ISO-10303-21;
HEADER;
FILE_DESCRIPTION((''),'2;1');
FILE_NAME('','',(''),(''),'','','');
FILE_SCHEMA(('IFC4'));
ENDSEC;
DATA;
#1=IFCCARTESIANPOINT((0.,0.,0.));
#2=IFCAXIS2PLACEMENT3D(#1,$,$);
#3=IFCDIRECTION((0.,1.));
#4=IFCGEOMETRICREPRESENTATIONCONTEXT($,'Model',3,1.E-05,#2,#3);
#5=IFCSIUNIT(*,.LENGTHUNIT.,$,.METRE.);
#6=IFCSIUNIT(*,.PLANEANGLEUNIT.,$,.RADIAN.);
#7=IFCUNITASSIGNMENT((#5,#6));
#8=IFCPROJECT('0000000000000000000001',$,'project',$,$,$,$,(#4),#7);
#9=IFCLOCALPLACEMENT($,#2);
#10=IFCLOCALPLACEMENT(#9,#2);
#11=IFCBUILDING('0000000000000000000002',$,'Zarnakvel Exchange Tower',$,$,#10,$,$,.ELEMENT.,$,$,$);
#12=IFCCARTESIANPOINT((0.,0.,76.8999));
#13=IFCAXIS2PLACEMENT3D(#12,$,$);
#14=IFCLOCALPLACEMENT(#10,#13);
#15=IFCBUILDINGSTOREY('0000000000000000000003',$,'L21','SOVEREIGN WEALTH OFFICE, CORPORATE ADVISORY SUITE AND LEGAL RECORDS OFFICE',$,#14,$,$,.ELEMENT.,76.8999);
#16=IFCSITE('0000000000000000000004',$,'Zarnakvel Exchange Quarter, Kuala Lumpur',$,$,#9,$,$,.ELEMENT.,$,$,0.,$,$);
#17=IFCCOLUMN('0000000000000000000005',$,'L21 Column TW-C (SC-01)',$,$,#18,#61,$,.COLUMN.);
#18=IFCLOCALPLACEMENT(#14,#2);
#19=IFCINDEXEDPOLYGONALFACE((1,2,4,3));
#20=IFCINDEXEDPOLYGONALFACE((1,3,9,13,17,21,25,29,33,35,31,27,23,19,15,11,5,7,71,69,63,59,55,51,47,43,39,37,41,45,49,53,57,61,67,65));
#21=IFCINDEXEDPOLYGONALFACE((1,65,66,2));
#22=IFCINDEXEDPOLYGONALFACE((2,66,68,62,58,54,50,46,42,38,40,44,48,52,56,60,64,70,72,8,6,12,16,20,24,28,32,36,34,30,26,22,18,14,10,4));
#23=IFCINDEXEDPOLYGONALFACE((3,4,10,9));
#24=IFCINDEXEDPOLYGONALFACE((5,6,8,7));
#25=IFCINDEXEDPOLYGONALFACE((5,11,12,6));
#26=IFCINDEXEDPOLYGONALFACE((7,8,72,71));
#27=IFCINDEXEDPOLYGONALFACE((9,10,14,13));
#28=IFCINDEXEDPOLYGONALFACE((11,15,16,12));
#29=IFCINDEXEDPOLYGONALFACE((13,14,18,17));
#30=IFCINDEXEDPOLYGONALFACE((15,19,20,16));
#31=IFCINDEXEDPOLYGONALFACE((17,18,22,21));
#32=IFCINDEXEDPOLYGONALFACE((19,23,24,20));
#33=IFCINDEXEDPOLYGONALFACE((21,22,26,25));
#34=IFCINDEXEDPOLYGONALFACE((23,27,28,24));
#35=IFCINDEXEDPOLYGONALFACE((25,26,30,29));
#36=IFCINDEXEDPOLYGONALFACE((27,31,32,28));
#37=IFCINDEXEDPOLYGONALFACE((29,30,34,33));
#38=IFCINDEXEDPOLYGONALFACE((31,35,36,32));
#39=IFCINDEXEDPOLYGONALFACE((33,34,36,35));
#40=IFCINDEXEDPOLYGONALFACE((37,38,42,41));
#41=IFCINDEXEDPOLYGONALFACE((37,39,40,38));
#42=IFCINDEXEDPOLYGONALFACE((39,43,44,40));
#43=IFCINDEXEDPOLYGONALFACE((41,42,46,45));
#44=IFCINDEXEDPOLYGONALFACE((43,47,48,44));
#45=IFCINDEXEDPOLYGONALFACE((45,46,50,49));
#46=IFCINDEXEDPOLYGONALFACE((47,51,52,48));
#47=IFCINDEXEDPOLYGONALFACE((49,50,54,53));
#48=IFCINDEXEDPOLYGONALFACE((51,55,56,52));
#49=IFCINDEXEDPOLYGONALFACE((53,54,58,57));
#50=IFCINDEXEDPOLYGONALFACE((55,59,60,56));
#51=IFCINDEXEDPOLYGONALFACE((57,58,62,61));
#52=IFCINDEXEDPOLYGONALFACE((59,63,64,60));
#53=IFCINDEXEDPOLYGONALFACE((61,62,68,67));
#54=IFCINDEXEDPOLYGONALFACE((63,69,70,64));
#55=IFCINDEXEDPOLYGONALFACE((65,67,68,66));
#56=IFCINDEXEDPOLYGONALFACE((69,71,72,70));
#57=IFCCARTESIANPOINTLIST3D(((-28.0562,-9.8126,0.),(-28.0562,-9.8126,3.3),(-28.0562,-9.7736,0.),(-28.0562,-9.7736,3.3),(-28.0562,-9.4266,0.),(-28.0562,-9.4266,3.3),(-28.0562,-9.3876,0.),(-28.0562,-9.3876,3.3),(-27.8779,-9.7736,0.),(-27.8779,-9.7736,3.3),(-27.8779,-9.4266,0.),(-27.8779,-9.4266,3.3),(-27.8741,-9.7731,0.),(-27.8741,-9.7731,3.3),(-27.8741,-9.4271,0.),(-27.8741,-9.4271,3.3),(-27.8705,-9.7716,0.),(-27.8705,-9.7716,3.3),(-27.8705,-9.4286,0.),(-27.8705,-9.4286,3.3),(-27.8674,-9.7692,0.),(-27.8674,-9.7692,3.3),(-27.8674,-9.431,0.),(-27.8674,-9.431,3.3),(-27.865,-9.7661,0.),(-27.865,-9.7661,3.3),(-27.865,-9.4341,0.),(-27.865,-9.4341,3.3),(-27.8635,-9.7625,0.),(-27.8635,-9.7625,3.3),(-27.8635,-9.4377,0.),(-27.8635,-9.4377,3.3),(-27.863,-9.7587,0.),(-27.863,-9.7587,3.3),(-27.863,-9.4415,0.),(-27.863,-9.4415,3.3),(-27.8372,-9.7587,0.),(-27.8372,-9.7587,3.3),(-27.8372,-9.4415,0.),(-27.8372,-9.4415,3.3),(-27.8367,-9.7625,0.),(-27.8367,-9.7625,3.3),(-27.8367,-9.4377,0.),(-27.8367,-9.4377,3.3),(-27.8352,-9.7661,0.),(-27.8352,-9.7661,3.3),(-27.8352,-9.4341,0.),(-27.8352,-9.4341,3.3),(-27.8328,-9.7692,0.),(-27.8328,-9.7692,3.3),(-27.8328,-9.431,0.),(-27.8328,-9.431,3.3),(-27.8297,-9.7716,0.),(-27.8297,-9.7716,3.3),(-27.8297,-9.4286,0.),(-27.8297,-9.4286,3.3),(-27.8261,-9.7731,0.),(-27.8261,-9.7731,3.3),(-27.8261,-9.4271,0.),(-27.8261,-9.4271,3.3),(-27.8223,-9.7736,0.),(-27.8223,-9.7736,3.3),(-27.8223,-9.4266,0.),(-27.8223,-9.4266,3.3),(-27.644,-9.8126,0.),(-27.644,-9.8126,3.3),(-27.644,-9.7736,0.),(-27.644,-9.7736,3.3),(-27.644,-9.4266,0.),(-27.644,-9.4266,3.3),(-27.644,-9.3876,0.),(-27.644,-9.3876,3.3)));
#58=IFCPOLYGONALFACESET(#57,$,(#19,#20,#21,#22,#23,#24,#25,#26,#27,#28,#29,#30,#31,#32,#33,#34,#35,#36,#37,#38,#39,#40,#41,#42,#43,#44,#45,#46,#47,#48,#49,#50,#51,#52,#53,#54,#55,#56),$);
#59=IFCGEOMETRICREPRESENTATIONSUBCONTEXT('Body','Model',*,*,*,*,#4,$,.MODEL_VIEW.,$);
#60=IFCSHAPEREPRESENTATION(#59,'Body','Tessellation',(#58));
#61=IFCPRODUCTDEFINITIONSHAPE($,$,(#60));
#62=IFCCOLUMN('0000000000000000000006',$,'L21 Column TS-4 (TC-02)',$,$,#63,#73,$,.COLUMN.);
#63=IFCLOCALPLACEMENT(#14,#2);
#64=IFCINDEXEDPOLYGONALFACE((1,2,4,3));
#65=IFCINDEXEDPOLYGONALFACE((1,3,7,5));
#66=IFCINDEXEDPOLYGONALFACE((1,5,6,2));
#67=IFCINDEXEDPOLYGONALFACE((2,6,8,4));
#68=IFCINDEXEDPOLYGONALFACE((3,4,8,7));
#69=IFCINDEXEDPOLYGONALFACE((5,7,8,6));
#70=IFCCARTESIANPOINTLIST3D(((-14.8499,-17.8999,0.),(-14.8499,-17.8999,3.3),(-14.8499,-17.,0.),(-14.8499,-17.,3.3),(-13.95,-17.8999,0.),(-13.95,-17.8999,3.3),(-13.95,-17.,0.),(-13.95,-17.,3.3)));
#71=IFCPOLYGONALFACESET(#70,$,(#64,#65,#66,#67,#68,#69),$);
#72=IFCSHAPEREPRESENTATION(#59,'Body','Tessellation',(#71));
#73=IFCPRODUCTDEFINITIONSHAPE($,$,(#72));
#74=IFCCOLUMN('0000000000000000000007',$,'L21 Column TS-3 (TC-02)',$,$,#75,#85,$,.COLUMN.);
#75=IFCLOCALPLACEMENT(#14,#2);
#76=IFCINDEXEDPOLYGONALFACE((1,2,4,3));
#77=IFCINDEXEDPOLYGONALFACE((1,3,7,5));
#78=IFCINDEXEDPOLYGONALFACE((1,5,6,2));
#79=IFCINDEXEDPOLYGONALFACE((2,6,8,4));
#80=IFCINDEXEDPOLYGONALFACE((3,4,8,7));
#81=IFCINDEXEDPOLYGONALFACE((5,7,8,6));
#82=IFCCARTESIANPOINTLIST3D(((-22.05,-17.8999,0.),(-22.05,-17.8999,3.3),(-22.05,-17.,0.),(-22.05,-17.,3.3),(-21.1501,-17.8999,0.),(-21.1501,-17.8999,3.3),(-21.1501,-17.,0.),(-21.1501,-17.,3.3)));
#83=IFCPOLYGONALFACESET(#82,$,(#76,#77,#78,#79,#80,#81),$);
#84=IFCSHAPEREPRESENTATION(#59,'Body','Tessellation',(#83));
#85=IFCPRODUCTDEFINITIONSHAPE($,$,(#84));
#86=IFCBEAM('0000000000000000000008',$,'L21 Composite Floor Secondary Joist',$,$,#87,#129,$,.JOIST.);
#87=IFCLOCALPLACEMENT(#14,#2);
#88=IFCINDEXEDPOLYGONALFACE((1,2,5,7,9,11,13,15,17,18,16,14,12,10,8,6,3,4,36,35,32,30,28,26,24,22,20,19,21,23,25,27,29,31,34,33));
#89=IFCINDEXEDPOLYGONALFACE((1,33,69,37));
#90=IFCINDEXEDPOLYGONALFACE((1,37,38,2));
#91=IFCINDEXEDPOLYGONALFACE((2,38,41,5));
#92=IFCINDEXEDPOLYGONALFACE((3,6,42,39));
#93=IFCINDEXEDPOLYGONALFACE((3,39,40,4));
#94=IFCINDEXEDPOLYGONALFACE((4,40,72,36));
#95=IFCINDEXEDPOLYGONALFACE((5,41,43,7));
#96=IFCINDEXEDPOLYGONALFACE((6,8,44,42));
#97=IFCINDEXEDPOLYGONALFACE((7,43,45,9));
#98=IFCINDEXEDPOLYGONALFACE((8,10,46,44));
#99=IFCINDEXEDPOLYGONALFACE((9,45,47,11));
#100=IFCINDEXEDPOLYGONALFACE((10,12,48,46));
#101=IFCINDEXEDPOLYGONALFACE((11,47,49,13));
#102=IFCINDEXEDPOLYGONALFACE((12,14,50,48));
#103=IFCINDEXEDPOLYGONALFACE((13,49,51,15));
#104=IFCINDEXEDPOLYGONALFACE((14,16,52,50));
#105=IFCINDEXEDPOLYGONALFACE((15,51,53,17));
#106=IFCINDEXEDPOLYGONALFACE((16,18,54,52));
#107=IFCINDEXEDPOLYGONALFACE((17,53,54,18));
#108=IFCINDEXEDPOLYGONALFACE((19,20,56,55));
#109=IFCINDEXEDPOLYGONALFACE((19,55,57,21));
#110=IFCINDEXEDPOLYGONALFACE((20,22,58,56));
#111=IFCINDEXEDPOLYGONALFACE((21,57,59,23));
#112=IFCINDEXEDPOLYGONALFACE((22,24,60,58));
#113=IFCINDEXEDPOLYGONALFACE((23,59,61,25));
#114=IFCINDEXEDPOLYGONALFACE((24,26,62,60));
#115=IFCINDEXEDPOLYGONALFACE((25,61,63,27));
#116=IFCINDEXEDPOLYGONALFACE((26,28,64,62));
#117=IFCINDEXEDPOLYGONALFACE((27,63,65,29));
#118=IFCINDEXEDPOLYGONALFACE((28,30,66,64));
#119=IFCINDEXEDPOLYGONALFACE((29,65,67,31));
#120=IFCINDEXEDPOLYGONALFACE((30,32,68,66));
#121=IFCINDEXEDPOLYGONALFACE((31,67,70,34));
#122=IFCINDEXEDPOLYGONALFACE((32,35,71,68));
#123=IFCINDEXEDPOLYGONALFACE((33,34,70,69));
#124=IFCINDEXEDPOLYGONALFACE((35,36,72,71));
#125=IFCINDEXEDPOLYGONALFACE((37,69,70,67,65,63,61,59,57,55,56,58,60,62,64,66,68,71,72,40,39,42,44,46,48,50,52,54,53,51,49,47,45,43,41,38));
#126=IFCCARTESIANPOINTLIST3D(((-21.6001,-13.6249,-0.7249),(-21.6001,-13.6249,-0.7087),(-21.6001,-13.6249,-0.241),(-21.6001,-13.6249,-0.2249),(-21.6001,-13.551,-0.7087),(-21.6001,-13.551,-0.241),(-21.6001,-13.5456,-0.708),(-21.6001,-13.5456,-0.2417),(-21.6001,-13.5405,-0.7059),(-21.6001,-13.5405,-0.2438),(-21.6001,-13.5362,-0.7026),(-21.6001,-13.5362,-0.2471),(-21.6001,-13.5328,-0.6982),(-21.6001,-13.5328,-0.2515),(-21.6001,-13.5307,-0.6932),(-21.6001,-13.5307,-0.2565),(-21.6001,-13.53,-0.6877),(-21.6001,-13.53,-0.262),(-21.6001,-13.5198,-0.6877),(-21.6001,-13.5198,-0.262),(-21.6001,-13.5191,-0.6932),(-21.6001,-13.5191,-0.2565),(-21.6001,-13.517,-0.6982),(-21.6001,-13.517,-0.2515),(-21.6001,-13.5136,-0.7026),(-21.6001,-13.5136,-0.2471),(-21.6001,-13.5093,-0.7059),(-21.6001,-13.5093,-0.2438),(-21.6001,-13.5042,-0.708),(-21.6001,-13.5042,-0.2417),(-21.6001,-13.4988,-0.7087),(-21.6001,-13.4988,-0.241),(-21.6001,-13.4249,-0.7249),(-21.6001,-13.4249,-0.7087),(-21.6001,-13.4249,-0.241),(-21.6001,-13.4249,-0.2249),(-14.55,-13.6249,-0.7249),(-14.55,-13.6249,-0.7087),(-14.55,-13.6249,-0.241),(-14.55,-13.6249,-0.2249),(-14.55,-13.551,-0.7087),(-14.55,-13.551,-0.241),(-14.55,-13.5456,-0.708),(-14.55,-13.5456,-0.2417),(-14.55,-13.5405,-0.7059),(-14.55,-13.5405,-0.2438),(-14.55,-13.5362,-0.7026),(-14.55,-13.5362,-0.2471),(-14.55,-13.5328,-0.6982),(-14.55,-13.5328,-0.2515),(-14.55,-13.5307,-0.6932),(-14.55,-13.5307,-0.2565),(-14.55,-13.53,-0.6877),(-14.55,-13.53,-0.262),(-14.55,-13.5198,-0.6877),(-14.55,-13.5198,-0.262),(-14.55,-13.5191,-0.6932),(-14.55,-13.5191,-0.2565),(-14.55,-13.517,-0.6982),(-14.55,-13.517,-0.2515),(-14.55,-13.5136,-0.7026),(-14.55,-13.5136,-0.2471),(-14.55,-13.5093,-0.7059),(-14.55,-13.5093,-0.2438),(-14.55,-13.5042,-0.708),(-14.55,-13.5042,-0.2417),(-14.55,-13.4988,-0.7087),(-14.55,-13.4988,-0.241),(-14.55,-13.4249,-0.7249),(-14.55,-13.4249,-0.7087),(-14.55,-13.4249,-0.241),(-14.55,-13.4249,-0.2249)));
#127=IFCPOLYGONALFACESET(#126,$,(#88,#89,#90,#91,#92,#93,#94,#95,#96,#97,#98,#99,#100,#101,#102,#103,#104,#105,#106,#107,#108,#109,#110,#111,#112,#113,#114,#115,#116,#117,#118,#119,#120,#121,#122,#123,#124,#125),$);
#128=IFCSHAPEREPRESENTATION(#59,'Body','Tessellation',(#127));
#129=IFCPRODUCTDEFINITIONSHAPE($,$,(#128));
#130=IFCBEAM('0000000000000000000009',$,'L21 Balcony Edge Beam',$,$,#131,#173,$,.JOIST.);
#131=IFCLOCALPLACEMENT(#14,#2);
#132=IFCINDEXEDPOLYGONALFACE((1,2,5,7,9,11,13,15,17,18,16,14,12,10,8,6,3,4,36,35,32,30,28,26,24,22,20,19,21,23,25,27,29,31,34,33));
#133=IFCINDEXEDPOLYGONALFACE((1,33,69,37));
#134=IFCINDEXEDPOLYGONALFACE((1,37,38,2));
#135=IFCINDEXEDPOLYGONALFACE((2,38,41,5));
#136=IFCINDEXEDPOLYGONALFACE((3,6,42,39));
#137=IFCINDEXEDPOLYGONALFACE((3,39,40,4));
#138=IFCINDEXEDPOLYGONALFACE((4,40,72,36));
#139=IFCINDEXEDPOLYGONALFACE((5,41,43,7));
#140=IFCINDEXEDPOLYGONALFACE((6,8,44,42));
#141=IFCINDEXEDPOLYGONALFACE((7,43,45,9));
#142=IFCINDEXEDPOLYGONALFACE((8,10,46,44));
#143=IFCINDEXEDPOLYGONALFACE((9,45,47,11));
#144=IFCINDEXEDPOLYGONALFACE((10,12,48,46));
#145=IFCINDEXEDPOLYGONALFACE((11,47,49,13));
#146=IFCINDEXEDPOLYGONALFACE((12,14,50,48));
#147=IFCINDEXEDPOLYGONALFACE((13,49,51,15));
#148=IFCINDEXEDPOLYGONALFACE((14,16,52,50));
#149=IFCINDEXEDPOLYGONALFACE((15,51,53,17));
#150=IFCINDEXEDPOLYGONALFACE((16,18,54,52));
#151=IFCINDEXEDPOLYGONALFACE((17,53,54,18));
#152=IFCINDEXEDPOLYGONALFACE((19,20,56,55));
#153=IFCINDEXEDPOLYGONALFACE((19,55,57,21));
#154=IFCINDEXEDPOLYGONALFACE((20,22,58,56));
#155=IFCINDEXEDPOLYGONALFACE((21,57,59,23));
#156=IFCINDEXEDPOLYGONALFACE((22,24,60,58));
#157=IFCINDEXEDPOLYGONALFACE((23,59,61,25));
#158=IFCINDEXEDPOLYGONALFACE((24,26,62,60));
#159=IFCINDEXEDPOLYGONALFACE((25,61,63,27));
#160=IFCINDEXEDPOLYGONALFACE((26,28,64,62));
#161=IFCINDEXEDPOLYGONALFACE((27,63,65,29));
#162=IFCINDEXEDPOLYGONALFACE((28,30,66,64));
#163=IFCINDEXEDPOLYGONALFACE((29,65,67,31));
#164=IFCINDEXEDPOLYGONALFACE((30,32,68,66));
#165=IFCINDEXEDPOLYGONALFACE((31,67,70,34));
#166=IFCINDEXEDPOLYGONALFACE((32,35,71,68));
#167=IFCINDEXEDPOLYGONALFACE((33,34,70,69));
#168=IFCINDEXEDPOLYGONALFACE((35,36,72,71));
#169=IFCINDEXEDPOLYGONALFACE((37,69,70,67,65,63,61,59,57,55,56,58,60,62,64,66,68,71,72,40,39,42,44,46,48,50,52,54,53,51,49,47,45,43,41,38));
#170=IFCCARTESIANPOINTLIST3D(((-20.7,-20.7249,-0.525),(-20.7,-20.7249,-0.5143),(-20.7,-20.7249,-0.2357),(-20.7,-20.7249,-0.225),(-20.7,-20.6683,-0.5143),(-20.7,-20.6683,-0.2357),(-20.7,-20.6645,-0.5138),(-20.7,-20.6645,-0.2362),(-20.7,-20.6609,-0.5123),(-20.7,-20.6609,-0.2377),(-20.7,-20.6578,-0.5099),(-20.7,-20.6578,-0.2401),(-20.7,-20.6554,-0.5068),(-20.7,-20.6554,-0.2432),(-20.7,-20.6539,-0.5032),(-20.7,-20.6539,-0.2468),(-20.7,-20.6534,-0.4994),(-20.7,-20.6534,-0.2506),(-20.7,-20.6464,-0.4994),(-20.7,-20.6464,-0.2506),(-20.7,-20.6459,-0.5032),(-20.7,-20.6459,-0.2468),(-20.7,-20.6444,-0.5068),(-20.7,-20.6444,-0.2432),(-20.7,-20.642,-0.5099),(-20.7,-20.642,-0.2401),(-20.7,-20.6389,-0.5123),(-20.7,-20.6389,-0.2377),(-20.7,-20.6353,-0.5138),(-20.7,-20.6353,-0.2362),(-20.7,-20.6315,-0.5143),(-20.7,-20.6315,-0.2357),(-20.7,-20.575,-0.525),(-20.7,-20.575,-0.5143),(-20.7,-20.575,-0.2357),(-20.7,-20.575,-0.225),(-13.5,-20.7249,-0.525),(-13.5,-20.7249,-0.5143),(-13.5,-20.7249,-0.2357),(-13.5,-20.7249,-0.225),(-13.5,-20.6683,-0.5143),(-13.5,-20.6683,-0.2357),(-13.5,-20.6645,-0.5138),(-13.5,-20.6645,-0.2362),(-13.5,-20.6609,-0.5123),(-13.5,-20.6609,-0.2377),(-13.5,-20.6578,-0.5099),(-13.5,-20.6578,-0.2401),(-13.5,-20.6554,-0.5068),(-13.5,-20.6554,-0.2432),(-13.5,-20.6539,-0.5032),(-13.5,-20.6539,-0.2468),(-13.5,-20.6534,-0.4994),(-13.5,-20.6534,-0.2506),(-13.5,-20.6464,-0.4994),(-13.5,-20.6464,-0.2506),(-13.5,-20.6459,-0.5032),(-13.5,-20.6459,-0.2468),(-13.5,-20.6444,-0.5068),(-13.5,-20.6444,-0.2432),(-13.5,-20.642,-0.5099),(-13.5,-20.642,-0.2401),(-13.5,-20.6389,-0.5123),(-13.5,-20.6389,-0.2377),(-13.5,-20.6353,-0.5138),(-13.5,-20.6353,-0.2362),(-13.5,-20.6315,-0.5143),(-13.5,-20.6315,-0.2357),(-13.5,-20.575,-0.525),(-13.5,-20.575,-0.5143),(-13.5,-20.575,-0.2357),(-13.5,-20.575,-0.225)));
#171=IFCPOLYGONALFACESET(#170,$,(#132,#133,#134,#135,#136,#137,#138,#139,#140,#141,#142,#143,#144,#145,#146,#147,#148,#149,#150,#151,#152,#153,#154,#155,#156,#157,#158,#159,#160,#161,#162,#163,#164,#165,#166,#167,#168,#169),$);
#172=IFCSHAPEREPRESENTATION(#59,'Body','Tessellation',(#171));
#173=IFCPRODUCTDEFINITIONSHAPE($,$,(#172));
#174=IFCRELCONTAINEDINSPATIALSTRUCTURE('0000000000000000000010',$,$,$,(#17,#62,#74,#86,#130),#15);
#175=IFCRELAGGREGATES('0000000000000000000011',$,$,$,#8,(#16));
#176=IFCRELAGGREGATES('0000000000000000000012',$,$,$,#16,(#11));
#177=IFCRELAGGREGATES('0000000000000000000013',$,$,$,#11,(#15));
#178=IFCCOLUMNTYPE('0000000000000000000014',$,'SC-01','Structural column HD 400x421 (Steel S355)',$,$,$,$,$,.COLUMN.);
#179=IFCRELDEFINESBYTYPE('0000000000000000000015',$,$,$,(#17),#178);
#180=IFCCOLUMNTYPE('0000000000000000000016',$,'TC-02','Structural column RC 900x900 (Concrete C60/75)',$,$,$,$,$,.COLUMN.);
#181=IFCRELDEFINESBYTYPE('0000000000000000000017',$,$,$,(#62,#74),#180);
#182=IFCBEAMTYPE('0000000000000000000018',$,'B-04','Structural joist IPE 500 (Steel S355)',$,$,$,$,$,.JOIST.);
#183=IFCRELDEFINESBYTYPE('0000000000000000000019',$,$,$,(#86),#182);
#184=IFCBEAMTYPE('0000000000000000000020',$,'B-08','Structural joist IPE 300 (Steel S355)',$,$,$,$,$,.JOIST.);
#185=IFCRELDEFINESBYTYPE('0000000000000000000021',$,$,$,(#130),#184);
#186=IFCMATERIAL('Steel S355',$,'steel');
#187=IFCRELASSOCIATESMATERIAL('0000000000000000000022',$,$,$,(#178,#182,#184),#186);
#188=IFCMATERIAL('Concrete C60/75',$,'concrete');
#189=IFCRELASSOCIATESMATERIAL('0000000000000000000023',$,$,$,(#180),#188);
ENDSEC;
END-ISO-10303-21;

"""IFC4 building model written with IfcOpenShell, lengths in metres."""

from ifc_helpers import new_model, si_unit, direction, frame, origin, origin_2d, place, context, subcontext, project, spatial, rectangle, i_section, extrude, material, material_profile, profile_set, type_object, element, save


model = new_model("IFC4")

# Units and contexts
model_context = context("Model", 3, precision=1e-05, world=origin(), true_north=direction((0.0, 1.0)))
body_context = subcontext(model_context, "Body", "Model", "MODEL_VIEW")
ifc_project = project(units=[si_unit("LENGTHUNIT", "METRE"), si_unit("PLANEANGLEUNIT", "RADIAN")], contexts=[model_context])

# Site, building, storey
site_placement = place(None, origin())
site = spatial("IfcSite", under=ifc_project, at=site_placement, Name="Zarnakvel Exchange Quarter, Kuala Lumpur", CompositionType="ELEMENT", RefElevation=0.0)
building_placement = place(site_placement, origin())
building = spatial("IfcBuilding", under=site, at=building_placement, Name="Zarnakvel Exchange Tower", CompositionType="ELEMENT")
storey_placement = place(building_placement, frame((0.0, 0.0, 76.8999)))
storey = spatial("IfcBuildingStorey", under=building, at=storey_placement, Name="L21", Description="SOVEREIGN WEALTH OFFICE, CORPORATE ADVISORY SUITE AND LEGAL RECORDS OFFICE", CompositionType="ELEMENT", Elevation=76.8999)

# Columns
ifc_material_1 = material(Name="Steel S355", Category="steel")
ifc_material_profile_1 = material_profile(ifc_material_1, i_section(OverallWidth=0.4121, OverallDepth=0.425, WebThickness=0.0259, FlangeThickness=0.0391, FilletRadius=0.0149, at=origin_2d()))
ifc_profile_set_1 = profile_set([ifc_material_profile_1], Name="Steel S355")
column_type_1 = type_object("IfcColumnType", Name="SC-01", Description="Structural column HD 400x421 (Steel S355)", PredefinedType="COLUMN", material=ifc_profile_set_1)
column_placement = place(storey_placement, frame((-27.8501, -9.6001, 0.0), z_axis=(0.0, 0.0, 1.0), x_axis=(1.0, 0.0, 0.0)))
element("IfcColumn", 1, at=column_placement, inside=storey, type_object=column_type_1, Name="L21 Column TW-C (SC-01)", PredefinedType="COLUMN", context=body_context, shape_type="SweptSolid", body=[
    extrude(i_section(OverallWidth=0.4121, OverallDepth=0.425, WebThickness=0.0259, FlangeThickness=0.0391, FilletRadius=0.0149, at=origin_2d()), origin(), (0.0, 0.0, 1.0), 3.3),
])
ifc_material_2 = material(Name="Concrete C60/75", Category="concrete")
ifc_material_profile_2 = material_profile(ifc_material_2, rectangle(XDim=0.8999, YDim=0.8999, at=origin_2d()))
ifc_profile_set_2 = profile_set([ifc_material_profile_2], Name="Concrete C60/75")
column_type_2 = type_object("IfcColumnType", Name="TC-02", Description="Structural column RC 900x900 (Concrete C60/75)", PredefinedType="COLUMN", material=ifc_profile_set_2)
for number, where, z_axis, x_axis, name in (
    (2, (-14.3999, -17.45, 0.0), (0.0, 0.0, 1.0), (1.0, 0.0, 0.0), "L21 Column TS-4 (TC-02)"),
    (3, (-21.6001, -17.45, 0.0), (0.0, 0.0, 1.0), (1.0, 0.0, 0.0), "L21 Column TS-3 (TC-02)"),
):
    element("IfcColumn", number, at=place(storey_placement, frame(where, z_axis=z_axis, x_axis=x_axis)), inside=storey, type_object=column_type_2, Name=name, PredefinedType="COLUMN", context=body_context, shape_type="SweptSolid", body=[
        extrude(rectangle(XDim=0.8999, YDim=0.8999, at=origin_2d()), origin(), (0.0, 0.0, 1.0), 3.3),
    ])

# Beams
ifc_material_profile_3 = material_profile(ifc_material_1, i_section(OverallWidth=0.2, OverallDepth=0.5, WebThickness=0.0103, FlangeThickness=0.0161, FilletRadius=0.021, at=origin_2d()))
ifc_profile_set_3 = profile_set([ifc_material_profile_3], Name="Steel S355")
beam_type_1 = type_object("IfcBeamType", Name="B-04", Description="Structural joist IPE 500 (Steel S355)", PredefinedType="JOIST", material=ifc_profile_set_3)
beam_1_placement = place(storey_placement, frame((-21.6001, -13.5249, -0.4749), z_axis=(1.0, 0.0, 0.0), x_axis=(0.0, 1.0, 0.0)))
element("IfcBeam", 4, at=beam_1_placement, inside=storey, type_object=beam_type_1, Name="L21 Composite Floor Secondary Joist", PredefinedType="JOIST", context=body_context, shape_type="SweptSolid", body=[
    extrude(i_section(OverallWidth=0.2, OverallDepth=0.5, WebThickness=0.0103, FlangeThickness=0.0161, FilletRadius=0.021, at=origin_2d()), origin(), (0.0, 0.0, 1.0), 7.05),
])
ifc_material_profile_4 = material_profile(ifc_material_1, i_section(OverallWidth=0.1499, OverallDepth=0.3, WebThickness=0.0071, FlangeThickness=0.0107, FilletRadius=0.0149, at=origin_2d()))
ifc_profile_set_4 = profile_set([ifc_material_profile_4], Name="Steel S355")
beam_type_2 = type_object("IfcBeamType", Name="B-08", Description="Structural joist IPE 300 (Steel S355)", PredefinedType="JOIST", material=ifc_profile_set_4)
beam_2_placement = place(storey_placement, frame((-20.7, -20.6499, -0.375), z_axis=(1.0, 0.0, 0.0), x_axis=(0.0, 1.0, 0.0)))
element("IfcBeam", 5, at=beam_2_placement, inside=storey, type_object=beam_type_2, Name="L21 Balcony Edge Beam", PredefinedType="JOIST", context=body_context, shape_type="SweptSolid", body=[
    extrude(i_section(OverallWidth=0.1499, OverallDepth=0.3, WebThickness=0.0071, FlangeThickness=0.0107, FilletRadius=0.0149, at=origin_2d()), origin(), (0.0, 0.0, 1.0), 7.2),
])

save(model, "model.ifc")
